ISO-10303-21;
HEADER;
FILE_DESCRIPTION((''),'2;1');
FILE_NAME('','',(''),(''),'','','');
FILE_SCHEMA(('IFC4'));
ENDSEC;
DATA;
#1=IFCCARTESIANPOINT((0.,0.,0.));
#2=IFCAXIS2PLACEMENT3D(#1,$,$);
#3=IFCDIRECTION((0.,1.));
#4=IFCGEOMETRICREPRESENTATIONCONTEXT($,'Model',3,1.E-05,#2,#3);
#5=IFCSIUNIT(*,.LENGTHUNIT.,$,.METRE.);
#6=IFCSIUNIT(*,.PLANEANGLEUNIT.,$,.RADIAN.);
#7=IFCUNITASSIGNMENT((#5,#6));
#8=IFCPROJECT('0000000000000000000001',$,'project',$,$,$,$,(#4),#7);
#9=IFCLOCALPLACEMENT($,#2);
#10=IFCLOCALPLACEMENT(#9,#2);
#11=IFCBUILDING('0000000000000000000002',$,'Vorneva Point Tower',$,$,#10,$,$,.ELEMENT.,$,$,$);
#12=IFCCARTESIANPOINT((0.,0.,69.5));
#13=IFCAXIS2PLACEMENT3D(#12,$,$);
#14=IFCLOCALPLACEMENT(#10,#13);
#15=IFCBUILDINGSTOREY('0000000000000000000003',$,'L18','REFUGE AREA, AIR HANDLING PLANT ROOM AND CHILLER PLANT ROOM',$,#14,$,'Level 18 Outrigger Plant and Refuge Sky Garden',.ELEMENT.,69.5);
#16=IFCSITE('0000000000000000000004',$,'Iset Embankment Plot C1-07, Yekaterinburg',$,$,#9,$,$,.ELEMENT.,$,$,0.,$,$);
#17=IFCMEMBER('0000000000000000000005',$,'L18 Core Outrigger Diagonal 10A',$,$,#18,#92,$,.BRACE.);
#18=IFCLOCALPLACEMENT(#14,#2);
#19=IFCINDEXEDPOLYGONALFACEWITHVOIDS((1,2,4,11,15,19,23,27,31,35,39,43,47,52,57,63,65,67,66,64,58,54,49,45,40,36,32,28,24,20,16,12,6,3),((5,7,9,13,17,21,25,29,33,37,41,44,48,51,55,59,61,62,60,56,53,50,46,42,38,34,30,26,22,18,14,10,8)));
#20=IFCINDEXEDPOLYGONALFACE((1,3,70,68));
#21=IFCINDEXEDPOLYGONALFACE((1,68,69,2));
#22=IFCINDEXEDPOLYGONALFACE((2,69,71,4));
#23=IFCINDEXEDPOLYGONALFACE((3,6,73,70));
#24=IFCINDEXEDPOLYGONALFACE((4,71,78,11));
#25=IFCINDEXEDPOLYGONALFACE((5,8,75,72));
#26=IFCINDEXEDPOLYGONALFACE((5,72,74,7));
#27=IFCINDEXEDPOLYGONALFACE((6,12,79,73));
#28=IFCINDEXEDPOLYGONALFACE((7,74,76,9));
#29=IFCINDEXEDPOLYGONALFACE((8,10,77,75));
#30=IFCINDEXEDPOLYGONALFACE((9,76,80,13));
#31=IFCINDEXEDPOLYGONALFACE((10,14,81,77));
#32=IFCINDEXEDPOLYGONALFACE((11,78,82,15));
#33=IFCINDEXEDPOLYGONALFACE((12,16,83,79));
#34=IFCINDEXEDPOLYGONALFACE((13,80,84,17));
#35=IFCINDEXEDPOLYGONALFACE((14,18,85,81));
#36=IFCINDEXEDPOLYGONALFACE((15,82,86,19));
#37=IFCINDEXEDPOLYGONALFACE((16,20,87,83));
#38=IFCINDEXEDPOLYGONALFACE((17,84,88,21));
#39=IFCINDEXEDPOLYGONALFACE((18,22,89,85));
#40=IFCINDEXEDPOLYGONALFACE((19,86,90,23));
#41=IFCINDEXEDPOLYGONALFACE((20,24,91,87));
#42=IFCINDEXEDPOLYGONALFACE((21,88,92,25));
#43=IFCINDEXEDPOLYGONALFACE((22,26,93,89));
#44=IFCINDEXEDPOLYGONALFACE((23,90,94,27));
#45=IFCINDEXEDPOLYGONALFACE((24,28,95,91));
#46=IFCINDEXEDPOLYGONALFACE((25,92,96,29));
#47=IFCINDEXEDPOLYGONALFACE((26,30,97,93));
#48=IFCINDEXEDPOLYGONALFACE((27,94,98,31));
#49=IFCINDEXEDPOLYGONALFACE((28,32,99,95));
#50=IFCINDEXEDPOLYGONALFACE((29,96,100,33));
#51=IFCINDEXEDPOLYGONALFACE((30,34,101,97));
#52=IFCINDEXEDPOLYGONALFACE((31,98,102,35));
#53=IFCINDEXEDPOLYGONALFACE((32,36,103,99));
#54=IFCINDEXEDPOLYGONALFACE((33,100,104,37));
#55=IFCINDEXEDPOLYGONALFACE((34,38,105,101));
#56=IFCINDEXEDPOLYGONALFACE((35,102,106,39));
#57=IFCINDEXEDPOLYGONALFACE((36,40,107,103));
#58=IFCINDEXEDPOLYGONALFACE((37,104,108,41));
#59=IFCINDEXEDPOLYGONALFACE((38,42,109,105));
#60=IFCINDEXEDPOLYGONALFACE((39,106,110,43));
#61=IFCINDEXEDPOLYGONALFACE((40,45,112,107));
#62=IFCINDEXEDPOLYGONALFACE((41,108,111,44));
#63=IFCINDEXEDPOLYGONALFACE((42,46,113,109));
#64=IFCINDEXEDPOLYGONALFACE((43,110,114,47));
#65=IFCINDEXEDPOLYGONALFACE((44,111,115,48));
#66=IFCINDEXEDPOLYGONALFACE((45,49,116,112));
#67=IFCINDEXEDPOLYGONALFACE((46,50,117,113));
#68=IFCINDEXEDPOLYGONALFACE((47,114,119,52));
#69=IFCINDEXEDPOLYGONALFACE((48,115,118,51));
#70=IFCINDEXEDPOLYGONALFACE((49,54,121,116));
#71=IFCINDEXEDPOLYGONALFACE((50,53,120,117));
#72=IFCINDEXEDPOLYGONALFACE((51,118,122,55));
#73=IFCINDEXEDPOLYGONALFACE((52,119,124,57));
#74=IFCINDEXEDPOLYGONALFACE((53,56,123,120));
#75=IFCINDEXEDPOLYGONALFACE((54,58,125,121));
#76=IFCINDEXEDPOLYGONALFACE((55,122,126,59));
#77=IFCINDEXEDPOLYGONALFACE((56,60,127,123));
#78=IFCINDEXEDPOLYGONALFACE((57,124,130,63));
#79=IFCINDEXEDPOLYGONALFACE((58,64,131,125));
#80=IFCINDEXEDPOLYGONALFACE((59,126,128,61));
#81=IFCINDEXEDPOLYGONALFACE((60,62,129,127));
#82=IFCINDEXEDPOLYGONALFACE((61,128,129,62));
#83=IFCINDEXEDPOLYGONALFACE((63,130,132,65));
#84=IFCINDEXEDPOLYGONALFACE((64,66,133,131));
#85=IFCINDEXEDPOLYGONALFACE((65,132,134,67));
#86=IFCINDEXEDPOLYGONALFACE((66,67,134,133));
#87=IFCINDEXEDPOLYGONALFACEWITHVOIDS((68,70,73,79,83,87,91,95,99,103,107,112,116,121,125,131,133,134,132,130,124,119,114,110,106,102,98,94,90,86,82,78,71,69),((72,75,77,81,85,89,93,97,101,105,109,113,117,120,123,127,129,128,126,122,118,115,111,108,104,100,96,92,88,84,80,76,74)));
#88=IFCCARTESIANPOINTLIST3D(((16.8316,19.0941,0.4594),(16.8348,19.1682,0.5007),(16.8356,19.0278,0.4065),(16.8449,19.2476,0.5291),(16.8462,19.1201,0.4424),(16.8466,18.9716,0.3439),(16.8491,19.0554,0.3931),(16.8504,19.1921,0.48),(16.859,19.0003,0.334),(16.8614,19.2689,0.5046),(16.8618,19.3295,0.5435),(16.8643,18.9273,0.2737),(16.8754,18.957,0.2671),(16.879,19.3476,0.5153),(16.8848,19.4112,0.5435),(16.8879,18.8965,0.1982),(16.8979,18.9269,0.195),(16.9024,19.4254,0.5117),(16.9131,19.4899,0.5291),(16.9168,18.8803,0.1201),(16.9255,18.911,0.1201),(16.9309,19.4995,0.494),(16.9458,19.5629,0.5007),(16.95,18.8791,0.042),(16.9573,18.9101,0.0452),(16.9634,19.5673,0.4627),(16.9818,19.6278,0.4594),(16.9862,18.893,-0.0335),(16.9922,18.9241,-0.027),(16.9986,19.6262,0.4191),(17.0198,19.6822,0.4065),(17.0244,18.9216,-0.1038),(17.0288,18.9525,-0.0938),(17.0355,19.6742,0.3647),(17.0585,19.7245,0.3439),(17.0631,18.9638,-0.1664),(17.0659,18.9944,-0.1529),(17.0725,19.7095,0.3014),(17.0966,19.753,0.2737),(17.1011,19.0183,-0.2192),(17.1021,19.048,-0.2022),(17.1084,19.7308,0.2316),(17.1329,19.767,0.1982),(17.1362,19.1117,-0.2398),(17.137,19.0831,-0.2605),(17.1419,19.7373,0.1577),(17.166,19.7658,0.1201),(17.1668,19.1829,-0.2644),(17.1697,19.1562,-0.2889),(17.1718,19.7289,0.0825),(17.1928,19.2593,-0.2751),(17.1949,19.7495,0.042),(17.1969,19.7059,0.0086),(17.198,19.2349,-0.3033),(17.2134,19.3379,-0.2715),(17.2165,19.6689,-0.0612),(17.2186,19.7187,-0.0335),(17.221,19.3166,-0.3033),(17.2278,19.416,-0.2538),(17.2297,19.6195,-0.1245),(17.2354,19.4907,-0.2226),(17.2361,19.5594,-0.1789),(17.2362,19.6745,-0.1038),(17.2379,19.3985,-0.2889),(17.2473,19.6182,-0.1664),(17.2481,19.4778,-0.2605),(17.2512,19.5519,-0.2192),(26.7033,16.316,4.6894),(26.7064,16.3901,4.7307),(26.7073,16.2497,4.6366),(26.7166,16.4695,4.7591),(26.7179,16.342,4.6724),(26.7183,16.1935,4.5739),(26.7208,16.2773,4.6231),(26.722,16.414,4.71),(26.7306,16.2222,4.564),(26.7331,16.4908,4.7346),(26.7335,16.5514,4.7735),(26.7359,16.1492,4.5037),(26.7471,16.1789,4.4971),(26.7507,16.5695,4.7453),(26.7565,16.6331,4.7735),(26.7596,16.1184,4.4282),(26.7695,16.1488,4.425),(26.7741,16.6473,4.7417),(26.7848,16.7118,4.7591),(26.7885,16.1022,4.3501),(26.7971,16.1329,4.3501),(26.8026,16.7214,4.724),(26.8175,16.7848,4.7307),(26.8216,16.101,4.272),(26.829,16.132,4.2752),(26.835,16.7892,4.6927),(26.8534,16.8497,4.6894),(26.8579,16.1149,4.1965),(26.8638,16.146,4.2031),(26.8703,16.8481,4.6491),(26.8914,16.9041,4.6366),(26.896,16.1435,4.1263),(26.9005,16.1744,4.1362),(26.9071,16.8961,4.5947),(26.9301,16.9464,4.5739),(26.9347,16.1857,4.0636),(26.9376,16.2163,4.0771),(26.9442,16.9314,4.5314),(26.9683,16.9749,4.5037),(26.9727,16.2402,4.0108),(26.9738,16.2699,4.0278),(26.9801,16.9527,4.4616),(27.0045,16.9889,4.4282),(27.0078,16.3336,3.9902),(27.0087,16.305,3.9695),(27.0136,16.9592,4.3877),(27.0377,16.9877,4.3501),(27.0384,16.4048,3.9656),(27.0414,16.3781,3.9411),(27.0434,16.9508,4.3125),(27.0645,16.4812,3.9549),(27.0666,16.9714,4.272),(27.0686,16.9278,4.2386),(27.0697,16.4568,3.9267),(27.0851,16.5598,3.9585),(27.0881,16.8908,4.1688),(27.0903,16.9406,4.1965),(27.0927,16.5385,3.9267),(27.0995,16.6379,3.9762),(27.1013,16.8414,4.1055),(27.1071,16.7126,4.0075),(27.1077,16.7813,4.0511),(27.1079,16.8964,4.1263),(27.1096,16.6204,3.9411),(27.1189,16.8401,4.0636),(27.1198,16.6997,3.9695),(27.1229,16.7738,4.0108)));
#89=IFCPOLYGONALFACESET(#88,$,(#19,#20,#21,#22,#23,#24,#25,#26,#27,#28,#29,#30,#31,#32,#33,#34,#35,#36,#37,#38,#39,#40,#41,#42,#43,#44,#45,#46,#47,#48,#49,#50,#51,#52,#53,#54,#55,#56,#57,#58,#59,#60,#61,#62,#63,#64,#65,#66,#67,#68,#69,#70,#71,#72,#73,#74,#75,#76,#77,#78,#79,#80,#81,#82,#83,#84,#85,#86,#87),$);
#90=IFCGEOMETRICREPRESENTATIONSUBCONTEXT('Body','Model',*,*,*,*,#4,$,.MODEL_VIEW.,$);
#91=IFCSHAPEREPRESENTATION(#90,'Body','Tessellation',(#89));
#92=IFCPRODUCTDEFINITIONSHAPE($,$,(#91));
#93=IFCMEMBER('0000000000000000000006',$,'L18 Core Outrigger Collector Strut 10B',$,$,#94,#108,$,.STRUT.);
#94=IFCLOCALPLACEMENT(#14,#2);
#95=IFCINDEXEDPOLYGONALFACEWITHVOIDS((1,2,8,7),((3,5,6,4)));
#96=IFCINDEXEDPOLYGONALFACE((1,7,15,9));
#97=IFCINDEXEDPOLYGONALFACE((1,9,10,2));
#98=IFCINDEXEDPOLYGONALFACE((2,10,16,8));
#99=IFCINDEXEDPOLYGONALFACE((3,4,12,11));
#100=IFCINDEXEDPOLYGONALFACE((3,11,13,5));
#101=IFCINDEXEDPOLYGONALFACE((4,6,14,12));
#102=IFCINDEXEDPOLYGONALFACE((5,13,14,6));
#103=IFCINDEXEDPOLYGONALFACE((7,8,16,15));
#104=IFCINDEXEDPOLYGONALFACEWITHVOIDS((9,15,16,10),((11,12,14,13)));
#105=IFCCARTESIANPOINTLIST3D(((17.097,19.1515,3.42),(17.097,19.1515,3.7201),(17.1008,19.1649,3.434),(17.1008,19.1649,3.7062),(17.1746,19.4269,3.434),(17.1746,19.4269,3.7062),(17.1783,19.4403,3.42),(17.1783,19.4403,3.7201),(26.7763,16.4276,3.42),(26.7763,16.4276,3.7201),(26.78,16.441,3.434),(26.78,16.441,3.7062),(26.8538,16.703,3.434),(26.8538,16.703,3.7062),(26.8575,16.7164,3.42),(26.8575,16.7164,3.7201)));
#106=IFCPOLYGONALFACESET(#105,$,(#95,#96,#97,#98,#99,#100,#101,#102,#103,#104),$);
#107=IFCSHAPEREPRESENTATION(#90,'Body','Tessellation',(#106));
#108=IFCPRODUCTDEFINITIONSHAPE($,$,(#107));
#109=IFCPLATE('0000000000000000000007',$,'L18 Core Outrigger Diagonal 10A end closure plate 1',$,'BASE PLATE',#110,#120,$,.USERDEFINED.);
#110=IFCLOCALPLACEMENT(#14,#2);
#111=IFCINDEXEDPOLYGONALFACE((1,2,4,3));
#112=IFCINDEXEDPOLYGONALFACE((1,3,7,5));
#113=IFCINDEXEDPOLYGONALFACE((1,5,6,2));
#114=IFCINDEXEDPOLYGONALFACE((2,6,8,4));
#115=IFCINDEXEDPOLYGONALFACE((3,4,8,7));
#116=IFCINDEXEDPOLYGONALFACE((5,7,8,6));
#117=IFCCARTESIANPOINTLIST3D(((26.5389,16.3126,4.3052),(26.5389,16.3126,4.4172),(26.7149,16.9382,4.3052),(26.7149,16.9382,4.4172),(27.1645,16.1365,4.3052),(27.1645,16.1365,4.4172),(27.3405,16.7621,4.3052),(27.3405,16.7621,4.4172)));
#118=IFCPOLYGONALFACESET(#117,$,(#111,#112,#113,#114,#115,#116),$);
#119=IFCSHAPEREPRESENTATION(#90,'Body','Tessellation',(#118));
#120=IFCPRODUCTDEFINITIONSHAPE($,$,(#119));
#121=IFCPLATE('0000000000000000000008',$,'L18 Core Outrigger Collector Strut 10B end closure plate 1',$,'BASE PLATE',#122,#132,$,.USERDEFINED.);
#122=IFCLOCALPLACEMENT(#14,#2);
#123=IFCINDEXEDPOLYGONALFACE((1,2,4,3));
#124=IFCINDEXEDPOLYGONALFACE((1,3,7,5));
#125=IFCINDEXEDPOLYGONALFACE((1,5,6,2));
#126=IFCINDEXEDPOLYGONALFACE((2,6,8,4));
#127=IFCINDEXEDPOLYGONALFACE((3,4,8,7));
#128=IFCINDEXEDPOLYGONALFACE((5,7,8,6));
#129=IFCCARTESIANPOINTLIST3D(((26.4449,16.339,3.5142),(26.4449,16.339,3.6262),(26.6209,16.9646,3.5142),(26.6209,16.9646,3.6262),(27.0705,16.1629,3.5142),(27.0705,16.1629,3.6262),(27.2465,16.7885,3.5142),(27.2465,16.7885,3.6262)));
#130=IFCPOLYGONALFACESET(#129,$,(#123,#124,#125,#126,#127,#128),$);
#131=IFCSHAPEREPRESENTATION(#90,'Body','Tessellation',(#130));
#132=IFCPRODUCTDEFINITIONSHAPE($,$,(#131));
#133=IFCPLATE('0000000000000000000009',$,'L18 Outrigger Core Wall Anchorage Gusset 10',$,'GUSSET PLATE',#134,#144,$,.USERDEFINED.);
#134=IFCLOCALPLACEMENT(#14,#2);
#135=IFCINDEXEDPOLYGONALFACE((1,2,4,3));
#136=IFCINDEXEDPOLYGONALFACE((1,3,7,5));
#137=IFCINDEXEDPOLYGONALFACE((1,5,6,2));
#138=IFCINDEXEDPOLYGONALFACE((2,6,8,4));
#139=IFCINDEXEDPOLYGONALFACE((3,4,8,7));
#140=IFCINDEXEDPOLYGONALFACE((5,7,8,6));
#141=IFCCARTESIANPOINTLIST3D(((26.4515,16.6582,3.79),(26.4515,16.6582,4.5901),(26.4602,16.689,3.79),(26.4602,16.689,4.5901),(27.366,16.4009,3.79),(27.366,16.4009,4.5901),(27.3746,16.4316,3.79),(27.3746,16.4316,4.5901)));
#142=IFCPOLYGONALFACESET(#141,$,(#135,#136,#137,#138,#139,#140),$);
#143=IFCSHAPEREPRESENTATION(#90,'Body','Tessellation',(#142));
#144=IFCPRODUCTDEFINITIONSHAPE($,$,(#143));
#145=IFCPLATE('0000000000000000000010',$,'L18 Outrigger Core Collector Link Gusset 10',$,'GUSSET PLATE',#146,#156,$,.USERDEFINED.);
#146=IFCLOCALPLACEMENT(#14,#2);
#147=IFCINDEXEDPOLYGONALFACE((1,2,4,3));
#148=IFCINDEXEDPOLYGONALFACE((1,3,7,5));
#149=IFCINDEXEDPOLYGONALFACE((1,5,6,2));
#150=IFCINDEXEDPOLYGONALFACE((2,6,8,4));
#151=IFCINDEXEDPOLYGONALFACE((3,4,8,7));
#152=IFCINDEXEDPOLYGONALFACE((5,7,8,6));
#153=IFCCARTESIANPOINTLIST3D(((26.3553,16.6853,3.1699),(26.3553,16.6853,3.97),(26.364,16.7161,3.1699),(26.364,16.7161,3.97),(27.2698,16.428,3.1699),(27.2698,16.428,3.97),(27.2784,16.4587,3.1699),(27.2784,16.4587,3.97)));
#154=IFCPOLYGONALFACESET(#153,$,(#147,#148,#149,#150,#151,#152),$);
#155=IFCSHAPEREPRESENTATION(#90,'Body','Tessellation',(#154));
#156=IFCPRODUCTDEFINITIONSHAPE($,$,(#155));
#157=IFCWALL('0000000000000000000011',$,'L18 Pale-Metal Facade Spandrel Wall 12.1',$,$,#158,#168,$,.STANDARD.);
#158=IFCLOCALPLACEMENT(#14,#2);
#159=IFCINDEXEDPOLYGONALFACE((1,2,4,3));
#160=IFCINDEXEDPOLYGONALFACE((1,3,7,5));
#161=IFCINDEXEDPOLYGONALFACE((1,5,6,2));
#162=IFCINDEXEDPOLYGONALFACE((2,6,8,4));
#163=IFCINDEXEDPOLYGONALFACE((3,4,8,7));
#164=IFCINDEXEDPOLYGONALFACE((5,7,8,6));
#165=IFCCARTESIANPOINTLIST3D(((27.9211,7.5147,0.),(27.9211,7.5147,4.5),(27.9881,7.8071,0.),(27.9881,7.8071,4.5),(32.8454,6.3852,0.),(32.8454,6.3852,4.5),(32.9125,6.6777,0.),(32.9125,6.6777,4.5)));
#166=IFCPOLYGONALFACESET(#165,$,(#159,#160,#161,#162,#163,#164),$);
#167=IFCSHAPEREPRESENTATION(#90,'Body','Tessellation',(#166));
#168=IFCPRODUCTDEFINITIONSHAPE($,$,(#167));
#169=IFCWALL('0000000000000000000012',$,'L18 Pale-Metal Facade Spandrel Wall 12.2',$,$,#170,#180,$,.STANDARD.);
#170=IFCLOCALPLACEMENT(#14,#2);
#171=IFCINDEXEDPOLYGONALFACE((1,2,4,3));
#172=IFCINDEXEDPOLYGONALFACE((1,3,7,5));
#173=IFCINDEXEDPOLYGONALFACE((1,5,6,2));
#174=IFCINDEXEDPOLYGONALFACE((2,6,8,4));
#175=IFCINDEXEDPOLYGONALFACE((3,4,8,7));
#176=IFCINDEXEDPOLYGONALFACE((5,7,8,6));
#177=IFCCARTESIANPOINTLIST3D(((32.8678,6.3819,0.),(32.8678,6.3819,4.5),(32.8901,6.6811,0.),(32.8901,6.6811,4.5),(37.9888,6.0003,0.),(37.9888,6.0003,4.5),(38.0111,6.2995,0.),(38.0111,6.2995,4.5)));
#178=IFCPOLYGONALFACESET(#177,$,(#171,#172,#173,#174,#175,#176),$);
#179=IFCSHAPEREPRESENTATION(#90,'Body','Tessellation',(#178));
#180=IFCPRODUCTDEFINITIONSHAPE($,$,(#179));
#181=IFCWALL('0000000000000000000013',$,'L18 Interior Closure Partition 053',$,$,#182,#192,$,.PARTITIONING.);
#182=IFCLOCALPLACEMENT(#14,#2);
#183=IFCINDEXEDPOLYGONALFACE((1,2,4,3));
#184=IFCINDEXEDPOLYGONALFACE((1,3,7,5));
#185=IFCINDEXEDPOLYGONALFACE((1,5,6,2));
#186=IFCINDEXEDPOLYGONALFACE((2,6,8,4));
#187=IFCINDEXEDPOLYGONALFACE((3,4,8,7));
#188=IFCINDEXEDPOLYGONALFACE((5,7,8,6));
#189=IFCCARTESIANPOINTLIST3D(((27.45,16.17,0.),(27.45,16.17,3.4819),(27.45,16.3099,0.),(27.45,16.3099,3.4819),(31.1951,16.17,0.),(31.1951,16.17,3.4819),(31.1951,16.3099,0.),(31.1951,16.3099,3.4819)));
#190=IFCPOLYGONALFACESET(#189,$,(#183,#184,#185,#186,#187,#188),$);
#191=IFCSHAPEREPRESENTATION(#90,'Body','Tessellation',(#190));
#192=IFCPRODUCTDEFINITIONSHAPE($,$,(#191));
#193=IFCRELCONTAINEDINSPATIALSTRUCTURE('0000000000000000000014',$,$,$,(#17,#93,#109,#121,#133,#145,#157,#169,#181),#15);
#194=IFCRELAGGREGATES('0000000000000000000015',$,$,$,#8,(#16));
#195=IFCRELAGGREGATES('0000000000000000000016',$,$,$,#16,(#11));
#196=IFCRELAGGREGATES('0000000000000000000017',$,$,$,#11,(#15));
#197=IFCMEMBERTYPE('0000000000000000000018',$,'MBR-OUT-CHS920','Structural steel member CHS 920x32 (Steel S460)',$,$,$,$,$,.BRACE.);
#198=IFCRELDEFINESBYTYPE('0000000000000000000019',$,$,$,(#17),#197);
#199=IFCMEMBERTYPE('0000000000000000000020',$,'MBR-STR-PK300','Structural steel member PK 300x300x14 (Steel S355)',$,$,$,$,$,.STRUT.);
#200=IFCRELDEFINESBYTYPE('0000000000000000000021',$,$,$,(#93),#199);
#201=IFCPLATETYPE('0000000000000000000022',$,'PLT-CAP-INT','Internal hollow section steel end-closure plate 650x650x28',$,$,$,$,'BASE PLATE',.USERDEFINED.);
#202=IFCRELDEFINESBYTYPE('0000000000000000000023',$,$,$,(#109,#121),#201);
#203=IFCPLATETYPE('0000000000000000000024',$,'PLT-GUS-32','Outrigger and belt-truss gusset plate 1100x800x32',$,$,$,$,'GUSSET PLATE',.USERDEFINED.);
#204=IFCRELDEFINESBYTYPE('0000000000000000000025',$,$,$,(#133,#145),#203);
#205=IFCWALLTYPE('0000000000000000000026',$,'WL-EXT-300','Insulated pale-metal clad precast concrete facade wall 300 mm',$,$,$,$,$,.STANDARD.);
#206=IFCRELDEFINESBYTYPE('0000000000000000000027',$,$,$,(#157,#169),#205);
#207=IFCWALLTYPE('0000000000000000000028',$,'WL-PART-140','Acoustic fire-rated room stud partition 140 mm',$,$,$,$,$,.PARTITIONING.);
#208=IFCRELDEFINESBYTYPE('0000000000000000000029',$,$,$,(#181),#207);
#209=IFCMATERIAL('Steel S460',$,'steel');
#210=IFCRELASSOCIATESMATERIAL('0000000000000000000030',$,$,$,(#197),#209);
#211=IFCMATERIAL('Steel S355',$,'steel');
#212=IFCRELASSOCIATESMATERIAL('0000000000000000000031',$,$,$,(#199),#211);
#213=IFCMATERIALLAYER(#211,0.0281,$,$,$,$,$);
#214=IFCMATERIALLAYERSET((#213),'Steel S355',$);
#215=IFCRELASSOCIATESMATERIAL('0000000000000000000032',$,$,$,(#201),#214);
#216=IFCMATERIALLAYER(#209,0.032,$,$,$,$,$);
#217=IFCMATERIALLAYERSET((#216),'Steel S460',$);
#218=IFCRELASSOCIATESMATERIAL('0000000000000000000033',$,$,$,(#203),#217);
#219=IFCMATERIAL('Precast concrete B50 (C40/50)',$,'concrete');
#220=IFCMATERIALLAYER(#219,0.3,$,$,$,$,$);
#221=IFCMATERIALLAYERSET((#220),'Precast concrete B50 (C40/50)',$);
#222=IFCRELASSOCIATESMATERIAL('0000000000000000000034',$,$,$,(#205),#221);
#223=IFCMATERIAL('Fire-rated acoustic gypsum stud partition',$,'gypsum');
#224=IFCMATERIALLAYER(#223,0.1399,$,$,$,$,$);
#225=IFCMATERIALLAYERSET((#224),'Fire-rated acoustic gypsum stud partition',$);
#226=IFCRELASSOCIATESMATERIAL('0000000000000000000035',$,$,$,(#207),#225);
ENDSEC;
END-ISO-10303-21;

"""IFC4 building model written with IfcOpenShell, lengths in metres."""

from ifc_helpers import new_model, si_unit, direction, frame, frame_2d, origin, origin_2d, place, context, subcontext, project, spatial, rectangle, hollow_rectangle, hollow_circle, extrude, material, layer, layer_set, material_profile, profile_set, type_object, element, save


model = new_model("IFC4")

# Units and contexts
model_context = context("Model", 3, precision=1e-05, world=origin(), true_north=direction((0.0, 1.0)))
body_context = subcontext(model_context, "Body", "Model", "MODEL_VIEW")
ifc_project = project(units=[si_unit("LENGTHUNIT", "METRE"), si_unit("PLANEANGLEUNIT", "RADIAN")], contexts=[model_context])

# Site, building, storey
site_placement = place(None, origin())
site = spatial("IfcSite", under=ifc_project, at=site_placement, Name="Iset Embankment Plot C1-07, Yekaterinburg", CompositionType="ELEMENT", RefElevation=0.0)
building_placement = place(site_placement, origin())
building = spatial("IfcBuilding", under=site, at=building_placement, Name="Vorneva Point Tower", CompositionType="ELEMENT")
storey_placement = place(building_placement, frame((0.0, 0.0, 69.5)))
storey = spatial("IfcBuildingStorey", under=building, at=storey_placement, Name="L18", Description="REFUGE AREA, AIR HANDLING PLANT ROOM AND CHILLER PLANT ROOM", LongName="Level 18 Outrigger Plant and Refuge Sky Garden", CompositionType="ELEMENT", Elevation=69.5)

# Shared definitions
ifc_material_1 = material(Name="Steel S460", Category="steel")
ifc_material_2 = material(Name="Steel S355", Category="steel")

# Members
ifc_material_profile_1 = material_profile(ifc_material_1, hollow_circle(Radius=0.46, WallThickness=0.032, at=origin_2d()), Name="CHS 920x32")
ifc_profile_set_1 = profile_set([ifc_material_profile_1], Name="Steel S460")
member_type_1 = type_object("IfcMemberType", Name="MBR-OUT-CHS920", Description="Structural steel member CHS 920x32 (Steel S460)", PredefinedType="BRACE", material=ifc_profile_set_1)
member_1_placement = place(storey_placement, frame((26.9131, 16.5449, 4.3501), z_axis=(-0.889879, 0.250431, -0.381314), x_axis=(-0.270899, -0.962608, 0.0)))
element("IfcMember", 1, at=member_1_placement, inside=storey, type_object=member_type_1, Name="L18 Core Outrigger Diagonal 10A", PredefinedType="BRACE", context=body_context, shape_type="SweptSolid", body=[
    extrude(hollow_circle(Radius=0.46, WallThickness=0.032, at=origin_2d()), origin(), (0.0, 0.0, 1.0), 11.0933),
])
ifc_material_profile_2 = material_profile(ifc_material_2, hollow_rectangle(XDim=0.3, YDim=0.3, WallThickness=0.0139, at=origin_2d()), Name="PK 300x300x14")
ifc_profile_set_2 = profile_set([ifc_material_profile_2], Name="Steel S355")
member_type_2 = type_object("IfcMemberType", Name="MBR-STR-PK300", Description="Structural steel member PK 300x300x14 (Steel S355)", PredefinedType="STRUT", material=ifc_profile_set_2)
member_2_placement = place(storey_placement, frame((26.8169, 16.572, 3.5701), z_axis=(-0.962609, 0.270893, 0.0), x_axis=(-0.270893, -0.962609, 0.0)))
element("IfcMember", 2, at=member_2_placement, inside=storey, type_object=member_type_2, Name="L18 Core Outrigger Collector Strut 10B", PredefinedType="STRUT", context=body_context, shape_type="SweptSolid", body=[
    extrude(hollow_rectangle(XDim=0.3, YDim=0.3, WallThickness=0.0139, at=origin_2d()), origin(), (0.0, 0.0, 1.0), 10.0552),
])

# Plates
ifc_layer_1 = layer(ifc_material_2, 0.0281)
ifc_layer_set_1 = layer_set([ifc_layer_1], Name="Steel S355")
plate_type_1 = type_object("IfcPlateType", Name="PLT-CAP-INT", Description="Internal hollow section steel end-closure plate 650x650x28", ElementType="BASE PLATE", PredefinedType="USERDEFINED", material=ifc_layer_set_1)
for number, where, z_axis, x_axis, name in (
    (3, (26.9397, 16.5374, 4.3052), (0.0, 0.0, 1.0), (-0.962607, 0.270903, 0.0), "L18 Core Outrigger Diagonal 10A end closure plate 1"),
    (4, (26.8457, 16.5637, 3.5142), (0.0, 0.0, 1.0), (-0.962607, 0.270903, 0.0), "L18 Core Outrigger Collector Strut 10B end closure plate 1"),
):
    element("IfcPlate", number, at=place(storey_placement, frame(where, z_axis=z_axis, x_axis=x_axis)), inside=storey, type_object=plate_type_1, Name=name, ObjectType="BASE PLATE", PredefinedType="USERDEFINED", context=body_context, shape_type="SweptSolid", body=[
        extrude(rectangle(XDim=0.6499, YDim=0.6499, at=origin_2d()), origin(), (0.0, 0.0, 1.0), 0.1121),
    ])
ifc_layer_2 = layer(ifc_material_1, 0.032)
ifc_layer_set_2 = layer_set([ifc_layer_2], Name="Steel S460")
plate_type_2 = type_object("IfcPlateType", Name="PLT-GUS-32", Description="Outrigger and belt-truss gusset plate 1100x800x32", ElementType="GUSSET PLATE", PredefinedType="USERDEFINED", material=ifc_layer_set_2)
for number, where, z_axis, x_axis, name in (
    (5, (26.9131, 16.5449, 3.79), (0.0, 0.0, 1.0), (-0.962607, 0.270903, 0.0), "L18 Outrigger Core Wall Anchorage Gusset 10"),
    (6, (26.8169, 16.572, 3.1699), (0.0, 0.0, 1.0), (-0.962607, 0.270903, 0.0), "L18 Outrigger Core Collector Link Gusset 10"),
):
    element("IfcPlate", number, at=place(storey_placement, frame(where, z_axis=z_axis, x_axis=x_axis)), inside=storey, type_object=plate_type_2, Name=name, ObjectType="GUSSET PLATE", PredefinedType="USERDEFINED", context=body_context, shape_type="SweptSolid", body=[
        extrude(rectangle(XDim=0.95, YDim=0.032, at=origin_2d()), origin(), (0.0, 0.0, 1.0), 0.8),
    ])

# Walls
ifc_material_3 = material(Name="Precast concrete B50 (C40/50)", Category="concrete")
ifc_layer_3 = layer(ifc_material_3, 0.3)
ifc_layer_set_3 = layer_set([ifc_layer_3], Name="Precast concrete B50 (C40/50)")
wall_type_1 = type_object("IfcWallType", Name="WL-EXT-300", Description="Insulated pale-metal clad precast concrete facade wall 300 mm", PredefinedType="STANDARD", material=ifc_layer_set_3)
wall_1_placement = place(storey_placement, frame((27.9546, 7.6609, 0.0), z_axis=(0.0, 0.0, 1.0), x_axis=(0.974693, -0.223546, 0.0)))
element("IfcWall", 7, at=wall_1_placement, inside=storey, type_object=wall_type_1, Name="L18 Pale-Metal Facade Spandrel Wall 12.1", PredefinedType="STANDARD", context=body_context, shape_type="SweptSolid", body=[
    extrude(rectangle(XDim=5.0522, YDim=0.3, at=frame_2d((2.5261, 0.0))), origin(), (0.0, 0.0, 1.0), 4.5),
])
wall_2_placement = place(storey_placement, frame((32.8789, 6.5315, 0.0), z_axis=(0.0, 0.0, 1.0), x_axis=(0.997235, -0.074308, 0.0)))
element("IfcWall", 8, at=wall_2_placement, inside=storey, type_object=wall_type_1, Name="L18 Pale-Metal Facade Spandrel Wall 12.2", PredefinedType="STANDARD", context=body_context, shape_type="SweptSolid", body=[
    extrude(rectangle(XDim=5.1353, YDim=0.3, at=frame_2d((2.5676, 0.0))), origin(), (0.0, 0.0, 1.0), 4.5),
])
ifc_material_4 = material(Name="Fire-rated acoustic gypsum stud partition", Category="gypsum")
ifc_layer_4 = layer(ifc_material_4, 0.1399)
ifc_layer_set_4 = layer_set([ifc_layer_4], Name="Fire-rated acoustic gypsum stud partition")
wall_type_2 = type_object("IfcWallType", Name="WL-PART-140", Description="Acoustic fire-rated room stud partition 140 mm", PredefinedType="PARTITIONING", material=ifc_layer_set_4)
wall_3_placement = place(storey_placement, frame((31.1951, 16.24, 0.0), z_axis=(0.0, 0.0, 1.0), x_axis=(-1.0, 0.0, 0.0)))
element("IfcWall", 9, at=wall_3_placement, inside=storey, type_object=wall_type_2, Name="L18 Interior Closure Partition 053", PredefinedType="PARTITIONING", context=body_context, shape_type="SweptSolid", body=[
    extrude(rectangle(XDim=3.7451, YDim=0.1399, at=frame_2d((1.8726, 0.0))), origin(), (0.0, 0.0, 1.0), 3.4819),
])

save(model, "model.ifc")
